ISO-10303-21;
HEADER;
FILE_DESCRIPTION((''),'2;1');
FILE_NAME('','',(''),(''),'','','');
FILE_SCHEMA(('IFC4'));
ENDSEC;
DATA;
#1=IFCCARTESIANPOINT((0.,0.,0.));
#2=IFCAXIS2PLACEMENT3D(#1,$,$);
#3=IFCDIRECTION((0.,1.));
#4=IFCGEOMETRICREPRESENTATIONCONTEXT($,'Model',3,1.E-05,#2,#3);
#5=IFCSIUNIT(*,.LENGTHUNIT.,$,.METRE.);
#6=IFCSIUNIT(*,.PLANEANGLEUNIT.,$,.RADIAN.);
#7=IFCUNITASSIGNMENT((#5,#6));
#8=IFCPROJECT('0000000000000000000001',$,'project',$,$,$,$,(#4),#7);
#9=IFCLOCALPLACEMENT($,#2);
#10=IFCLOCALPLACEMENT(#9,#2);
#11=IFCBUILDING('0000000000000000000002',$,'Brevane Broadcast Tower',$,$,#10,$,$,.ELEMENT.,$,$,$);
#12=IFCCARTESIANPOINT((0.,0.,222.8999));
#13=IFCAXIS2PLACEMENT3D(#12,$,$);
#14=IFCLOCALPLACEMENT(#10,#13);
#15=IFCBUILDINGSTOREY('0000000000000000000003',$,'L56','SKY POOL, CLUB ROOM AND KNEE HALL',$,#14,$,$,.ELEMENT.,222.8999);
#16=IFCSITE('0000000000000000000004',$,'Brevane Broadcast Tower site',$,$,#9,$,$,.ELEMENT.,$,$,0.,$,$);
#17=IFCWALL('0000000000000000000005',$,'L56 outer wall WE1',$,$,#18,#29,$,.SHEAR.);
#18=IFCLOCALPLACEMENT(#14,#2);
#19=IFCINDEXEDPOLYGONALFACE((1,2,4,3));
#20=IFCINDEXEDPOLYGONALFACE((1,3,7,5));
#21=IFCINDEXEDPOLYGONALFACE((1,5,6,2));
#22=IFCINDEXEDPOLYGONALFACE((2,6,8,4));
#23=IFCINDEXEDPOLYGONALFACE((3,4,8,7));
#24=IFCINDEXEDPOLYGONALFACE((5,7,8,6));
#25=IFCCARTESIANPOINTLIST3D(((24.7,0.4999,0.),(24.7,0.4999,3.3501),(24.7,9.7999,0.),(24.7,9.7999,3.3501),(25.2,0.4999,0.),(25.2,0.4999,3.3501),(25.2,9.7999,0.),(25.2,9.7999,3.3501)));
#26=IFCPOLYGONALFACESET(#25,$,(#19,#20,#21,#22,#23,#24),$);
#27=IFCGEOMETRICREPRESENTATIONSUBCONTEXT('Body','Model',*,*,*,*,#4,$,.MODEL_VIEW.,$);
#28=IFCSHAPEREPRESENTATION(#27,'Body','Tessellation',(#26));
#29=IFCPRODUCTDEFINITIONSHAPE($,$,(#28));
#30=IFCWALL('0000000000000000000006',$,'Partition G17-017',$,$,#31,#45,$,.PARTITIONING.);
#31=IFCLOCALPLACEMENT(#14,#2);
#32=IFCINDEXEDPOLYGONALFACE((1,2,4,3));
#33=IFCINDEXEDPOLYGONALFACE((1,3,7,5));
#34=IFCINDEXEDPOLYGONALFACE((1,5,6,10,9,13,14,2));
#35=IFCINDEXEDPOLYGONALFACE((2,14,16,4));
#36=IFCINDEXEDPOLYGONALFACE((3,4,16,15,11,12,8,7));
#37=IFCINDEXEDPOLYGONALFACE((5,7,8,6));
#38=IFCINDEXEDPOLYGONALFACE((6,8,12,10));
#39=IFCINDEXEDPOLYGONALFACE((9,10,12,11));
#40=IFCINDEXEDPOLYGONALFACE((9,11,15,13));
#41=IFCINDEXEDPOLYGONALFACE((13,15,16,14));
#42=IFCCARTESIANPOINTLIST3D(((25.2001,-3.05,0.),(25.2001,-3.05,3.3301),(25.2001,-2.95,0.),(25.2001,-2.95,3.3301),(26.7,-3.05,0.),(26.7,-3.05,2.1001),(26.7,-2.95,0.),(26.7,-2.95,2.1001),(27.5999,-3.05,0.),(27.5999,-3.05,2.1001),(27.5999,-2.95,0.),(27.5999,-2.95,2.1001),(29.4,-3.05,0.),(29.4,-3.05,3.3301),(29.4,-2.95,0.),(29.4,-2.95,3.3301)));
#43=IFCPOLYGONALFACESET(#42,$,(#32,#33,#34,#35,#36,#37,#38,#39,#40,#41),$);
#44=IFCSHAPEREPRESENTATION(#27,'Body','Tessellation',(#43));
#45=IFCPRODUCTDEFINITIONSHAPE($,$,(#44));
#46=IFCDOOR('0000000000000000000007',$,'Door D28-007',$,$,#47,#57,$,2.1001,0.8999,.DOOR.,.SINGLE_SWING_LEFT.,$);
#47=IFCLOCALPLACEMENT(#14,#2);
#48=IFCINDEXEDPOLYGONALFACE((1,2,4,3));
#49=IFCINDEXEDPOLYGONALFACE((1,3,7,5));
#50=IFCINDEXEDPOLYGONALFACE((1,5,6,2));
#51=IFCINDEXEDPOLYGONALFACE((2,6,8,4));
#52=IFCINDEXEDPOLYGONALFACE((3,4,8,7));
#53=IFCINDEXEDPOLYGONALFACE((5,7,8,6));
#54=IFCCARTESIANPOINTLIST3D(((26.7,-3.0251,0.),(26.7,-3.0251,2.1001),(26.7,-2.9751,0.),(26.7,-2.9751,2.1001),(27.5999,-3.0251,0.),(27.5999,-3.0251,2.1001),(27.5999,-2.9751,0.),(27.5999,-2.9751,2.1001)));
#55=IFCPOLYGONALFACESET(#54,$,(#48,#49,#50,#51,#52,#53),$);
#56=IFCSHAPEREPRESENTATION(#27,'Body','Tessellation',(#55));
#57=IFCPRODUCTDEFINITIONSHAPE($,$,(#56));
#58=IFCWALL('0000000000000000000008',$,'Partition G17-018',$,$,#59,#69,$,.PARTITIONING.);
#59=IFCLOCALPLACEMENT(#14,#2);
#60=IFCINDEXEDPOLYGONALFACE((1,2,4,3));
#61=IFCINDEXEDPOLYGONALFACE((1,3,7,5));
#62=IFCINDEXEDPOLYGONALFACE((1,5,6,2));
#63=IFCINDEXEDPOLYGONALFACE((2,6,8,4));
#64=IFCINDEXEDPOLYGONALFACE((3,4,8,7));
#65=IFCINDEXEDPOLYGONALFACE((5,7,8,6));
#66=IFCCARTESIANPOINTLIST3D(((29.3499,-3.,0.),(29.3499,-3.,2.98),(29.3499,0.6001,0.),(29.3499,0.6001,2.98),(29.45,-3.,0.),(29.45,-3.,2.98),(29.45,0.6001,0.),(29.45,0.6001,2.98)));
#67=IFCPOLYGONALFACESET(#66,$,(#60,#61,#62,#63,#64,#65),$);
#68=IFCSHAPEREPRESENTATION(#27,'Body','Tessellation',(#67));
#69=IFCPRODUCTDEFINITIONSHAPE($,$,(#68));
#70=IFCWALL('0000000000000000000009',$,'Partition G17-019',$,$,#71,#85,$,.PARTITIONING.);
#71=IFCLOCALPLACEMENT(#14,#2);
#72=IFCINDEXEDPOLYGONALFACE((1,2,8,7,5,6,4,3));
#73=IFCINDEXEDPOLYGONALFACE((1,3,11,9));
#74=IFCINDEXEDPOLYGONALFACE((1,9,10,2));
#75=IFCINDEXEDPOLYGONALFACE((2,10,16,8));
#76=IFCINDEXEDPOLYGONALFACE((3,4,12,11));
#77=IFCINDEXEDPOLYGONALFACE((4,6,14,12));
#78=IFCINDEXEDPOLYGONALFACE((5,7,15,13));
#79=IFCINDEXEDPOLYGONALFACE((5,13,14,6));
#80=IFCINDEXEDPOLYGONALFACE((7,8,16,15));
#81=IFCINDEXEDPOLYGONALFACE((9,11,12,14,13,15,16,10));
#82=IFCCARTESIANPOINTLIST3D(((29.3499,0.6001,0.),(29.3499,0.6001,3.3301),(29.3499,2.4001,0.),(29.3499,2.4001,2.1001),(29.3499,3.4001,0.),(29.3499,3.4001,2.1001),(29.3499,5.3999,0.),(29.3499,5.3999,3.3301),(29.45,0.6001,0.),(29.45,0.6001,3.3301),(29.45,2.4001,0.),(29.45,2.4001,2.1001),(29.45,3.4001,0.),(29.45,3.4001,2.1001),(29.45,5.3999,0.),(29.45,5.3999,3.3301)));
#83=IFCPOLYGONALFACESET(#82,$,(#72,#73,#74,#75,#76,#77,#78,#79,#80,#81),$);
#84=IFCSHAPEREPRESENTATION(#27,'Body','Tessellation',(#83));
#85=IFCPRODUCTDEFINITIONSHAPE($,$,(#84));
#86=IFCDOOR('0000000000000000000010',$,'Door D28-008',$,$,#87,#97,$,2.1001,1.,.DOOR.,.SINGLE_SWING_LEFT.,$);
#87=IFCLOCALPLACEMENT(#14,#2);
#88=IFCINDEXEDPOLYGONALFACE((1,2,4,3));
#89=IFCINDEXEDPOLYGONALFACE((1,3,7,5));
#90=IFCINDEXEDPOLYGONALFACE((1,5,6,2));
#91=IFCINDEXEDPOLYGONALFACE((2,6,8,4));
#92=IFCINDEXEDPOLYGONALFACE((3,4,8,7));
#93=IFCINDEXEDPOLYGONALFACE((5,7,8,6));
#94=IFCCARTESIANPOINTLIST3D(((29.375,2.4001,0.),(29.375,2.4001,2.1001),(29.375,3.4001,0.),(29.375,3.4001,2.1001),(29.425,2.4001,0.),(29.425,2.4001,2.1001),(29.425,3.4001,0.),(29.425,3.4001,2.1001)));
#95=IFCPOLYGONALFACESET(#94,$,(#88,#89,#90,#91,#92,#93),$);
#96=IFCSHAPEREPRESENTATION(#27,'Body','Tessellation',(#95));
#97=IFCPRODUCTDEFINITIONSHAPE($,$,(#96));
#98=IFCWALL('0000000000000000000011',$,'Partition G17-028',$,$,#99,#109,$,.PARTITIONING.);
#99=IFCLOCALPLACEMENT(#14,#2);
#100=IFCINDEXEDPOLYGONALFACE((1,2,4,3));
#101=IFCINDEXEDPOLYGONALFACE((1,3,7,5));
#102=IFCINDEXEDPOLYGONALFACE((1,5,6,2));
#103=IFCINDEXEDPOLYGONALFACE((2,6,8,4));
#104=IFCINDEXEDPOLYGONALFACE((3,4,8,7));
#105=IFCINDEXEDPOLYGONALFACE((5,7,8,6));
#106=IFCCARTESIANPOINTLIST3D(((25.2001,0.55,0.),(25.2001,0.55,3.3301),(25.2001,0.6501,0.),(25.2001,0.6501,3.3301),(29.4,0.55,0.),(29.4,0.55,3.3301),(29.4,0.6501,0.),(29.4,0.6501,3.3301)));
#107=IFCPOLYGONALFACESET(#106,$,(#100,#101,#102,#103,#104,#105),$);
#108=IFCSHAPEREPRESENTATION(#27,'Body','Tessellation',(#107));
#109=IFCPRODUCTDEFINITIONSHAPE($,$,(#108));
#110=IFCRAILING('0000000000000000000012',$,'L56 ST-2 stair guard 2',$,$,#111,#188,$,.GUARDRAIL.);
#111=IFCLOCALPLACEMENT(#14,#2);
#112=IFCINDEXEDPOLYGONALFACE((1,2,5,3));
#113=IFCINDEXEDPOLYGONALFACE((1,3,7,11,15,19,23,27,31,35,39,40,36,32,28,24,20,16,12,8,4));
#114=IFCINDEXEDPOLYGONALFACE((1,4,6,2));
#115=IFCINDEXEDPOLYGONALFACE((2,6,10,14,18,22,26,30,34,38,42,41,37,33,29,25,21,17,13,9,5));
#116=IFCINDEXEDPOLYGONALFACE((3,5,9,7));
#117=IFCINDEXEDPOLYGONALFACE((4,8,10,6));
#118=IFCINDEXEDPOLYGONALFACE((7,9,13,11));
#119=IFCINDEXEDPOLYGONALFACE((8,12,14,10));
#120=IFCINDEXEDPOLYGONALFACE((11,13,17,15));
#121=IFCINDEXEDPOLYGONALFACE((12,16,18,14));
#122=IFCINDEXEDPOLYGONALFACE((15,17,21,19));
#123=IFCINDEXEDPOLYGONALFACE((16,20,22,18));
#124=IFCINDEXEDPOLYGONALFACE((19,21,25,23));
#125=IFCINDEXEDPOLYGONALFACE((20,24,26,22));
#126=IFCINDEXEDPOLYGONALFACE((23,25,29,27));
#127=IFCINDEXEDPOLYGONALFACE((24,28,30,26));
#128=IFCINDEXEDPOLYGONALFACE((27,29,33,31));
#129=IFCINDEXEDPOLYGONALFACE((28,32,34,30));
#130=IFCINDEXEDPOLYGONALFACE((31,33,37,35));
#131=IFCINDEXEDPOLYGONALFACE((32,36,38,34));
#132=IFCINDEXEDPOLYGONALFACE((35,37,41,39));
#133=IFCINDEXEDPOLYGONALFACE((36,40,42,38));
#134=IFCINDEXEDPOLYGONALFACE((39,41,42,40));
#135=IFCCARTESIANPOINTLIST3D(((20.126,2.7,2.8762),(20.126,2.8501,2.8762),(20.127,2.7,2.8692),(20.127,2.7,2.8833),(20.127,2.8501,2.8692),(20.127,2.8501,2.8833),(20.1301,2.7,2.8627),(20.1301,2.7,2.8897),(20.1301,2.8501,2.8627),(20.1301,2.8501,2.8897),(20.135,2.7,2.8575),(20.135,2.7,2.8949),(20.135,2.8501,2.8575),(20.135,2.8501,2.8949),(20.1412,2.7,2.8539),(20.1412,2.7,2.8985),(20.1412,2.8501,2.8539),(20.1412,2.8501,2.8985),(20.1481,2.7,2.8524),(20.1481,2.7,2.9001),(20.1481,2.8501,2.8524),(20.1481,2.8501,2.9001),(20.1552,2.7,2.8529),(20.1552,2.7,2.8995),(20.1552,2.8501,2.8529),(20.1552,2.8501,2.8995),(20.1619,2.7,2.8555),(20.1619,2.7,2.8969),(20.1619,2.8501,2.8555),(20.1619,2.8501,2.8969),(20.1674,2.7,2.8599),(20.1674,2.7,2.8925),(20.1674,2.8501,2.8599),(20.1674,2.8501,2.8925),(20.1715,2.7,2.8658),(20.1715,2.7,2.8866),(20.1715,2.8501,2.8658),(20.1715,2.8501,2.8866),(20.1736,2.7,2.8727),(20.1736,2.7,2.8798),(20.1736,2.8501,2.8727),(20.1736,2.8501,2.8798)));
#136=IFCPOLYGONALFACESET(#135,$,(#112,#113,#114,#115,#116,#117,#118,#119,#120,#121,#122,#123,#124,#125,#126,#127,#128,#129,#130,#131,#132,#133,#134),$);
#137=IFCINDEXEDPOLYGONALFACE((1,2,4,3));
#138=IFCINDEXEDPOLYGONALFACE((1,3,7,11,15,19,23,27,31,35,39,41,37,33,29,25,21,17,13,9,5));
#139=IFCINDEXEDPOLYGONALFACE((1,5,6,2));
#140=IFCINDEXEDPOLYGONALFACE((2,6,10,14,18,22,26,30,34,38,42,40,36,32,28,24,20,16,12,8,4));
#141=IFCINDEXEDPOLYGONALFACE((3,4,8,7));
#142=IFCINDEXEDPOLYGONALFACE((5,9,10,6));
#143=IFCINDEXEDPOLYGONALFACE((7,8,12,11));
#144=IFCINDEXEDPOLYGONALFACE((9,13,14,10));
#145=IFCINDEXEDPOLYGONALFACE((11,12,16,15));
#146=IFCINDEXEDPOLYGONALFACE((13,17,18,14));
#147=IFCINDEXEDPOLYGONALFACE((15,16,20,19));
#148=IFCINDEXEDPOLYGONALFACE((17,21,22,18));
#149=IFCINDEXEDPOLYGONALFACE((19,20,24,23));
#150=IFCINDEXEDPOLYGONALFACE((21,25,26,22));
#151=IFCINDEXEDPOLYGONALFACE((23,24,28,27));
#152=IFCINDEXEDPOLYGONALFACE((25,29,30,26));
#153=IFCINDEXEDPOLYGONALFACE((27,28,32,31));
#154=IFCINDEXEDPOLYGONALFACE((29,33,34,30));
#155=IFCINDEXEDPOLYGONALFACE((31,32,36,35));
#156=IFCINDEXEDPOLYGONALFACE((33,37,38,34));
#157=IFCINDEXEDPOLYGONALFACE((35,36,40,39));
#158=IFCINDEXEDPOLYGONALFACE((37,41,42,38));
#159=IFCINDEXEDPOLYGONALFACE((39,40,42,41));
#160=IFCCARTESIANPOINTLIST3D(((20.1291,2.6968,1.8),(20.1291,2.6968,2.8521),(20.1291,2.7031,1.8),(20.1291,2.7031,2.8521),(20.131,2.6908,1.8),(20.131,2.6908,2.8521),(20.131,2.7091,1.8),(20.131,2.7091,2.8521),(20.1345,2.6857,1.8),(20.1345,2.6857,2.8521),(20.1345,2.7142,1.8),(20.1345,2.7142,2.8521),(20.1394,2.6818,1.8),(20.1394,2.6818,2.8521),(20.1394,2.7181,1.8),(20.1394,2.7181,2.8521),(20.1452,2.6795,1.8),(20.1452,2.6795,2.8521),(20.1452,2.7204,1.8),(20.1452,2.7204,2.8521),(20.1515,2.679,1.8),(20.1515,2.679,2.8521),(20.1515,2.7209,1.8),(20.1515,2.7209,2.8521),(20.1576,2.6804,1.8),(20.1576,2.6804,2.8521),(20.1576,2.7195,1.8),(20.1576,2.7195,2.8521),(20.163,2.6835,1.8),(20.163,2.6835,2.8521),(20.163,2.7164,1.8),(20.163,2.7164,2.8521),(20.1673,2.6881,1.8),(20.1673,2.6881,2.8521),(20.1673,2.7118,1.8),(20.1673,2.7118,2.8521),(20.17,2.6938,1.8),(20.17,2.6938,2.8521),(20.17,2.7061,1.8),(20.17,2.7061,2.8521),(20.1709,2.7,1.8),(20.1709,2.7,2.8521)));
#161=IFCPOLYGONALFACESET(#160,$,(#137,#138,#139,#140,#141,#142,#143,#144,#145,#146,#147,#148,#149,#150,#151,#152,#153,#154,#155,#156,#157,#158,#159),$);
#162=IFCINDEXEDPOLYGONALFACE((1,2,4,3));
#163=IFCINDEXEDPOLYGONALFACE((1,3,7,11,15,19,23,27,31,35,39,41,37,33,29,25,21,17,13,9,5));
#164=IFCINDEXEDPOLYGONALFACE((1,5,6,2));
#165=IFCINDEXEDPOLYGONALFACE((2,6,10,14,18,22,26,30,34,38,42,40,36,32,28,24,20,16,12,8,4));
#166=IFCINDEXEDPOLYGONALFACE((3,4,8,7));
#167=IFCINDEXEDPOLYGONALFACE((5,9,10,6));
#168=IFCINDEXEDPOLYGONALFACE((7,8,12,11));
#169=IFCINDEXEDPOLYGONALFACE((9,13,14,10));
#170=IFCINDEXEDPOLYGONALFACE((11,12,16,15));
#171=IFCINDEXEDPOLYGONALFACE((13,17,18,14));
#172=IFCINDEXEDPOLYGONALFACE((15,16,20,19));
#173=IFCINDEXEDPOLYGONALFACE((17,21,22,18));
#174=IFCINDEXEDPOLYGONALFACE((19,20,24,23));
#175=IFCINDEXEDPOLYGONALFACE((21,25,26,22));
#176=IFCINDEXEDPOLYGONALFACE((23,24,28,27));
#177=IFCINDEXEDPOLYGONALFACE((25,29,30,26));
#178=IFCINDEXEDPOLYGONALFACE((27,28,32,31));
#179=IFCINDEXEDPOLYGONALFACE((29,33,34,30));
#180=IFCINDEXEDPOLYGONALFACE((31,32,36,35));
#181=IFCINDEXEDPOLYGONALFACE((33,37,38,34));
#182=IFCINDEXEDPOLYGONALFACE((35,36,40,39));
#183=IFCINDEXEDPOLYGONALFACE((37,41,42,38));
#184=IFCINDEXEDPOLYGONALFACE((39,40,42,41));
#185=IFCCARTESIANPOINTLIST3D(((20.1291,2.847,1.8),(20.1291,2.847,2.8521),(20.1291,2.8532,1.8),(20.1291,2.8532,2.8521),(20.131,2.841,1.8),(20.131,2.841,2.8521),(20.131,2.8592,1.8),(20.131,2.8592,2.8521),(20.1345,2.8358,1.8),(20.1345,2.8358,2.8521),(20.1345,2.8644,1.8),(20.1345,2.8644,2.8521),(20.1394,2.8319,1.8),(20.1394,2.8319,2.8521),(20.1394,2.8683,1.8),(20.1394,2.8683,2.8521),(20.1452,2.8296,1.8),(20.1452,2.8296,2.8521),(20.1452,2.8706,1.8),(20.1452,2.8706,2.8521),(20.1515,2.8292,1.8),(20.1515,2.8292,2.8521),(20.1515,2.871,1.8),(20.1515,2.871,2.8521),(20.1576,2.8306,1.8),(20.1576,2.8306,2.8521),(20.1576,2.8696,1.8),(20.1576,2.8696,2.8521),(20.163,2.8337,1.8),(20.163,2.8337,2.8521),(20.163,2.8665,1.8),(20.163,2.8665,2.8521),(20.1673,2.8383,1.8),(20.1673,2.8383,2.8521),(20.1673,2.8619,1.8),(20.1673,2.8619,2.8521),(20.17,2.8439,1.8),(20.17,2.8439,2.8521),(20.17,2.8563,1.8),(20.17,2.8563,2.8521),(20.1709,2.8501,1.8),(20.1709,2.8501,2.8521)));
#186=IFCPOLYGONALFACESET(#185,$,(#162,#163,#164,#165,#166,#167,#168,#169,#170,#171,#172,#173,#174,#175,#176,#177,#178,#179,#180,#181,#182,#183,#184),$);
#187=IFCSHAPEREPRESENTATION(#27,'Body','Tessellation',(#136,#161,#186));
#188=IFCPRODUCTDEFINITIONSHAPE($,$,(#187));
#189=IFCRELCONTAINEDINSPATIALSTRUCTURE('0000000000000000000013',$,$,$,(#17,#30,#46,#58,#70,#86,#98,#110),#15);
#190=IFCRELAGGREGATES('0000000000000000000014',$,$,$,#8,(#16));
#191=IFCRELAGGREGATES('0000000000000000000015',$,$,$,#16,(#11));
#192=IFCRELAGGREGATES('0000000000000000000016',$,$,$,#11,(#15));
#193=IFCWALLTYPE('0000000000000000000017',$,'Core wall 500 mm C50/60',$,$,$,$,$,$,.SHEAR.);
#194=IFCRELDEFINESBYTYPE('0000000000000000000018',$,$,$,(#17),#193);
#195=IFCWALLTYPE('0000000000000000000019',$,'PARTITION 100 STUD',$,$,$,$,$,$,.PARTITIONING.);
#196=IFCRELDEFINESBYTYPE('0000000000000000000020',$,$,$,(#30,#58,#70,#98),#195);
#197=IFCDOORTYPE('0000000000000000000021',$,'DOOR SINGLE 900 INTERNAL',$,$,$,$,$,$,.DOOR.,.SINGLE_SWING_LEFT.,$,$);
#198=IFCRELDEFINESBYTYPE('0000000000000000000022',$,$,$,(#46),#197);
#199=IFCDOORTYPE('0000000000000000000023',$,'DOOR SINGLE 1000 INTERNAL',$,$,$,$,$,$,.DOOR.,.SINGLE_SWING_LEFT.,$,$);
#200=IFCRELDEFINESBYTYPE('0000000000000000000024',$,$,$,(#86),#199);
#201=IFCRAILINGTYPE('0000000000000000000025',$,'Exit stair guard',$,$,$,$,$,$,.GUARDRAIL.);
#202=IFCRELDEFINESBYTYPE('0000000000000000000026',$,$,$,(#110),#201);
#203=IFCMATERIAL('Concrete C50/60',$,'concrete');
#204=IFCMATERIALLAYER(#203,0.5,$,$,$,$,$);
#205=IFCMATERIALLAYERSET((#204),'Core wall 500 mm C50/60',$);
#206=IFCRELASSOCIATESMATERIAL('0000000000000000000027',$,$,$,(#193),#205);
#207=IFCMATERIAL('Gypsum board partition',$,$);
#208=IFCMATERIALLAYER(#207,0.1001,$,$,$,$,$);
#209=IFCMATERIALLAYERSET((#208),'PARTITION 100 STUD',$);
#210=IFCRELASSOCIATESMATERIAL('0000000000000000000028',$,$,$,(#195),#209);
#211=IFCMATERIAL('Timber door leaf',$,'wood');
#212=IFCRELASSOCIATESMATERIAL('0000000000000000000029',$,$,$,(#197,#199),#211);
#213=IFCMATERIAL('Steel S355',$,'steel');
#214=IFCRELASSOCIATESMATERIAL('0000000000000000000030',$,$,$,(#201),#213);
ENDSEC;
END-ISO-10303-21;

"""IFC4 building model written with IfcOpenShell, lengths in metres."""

from ifc_helpers import new_model, si_unit, direction, frame, frame_2d, origin, origin_2d, place, context, subcontext, project, spatial, rectangle, circle, extrude, material, layer, layer_set, type_object, element, fill, save


model = new_model("IFC4")

# Units and contexts
model_context = context("Model", 3, precision=1e-05, world=origin(), true_north=direction((0.0, 1.0)))
body_context = subcontext(model_context, "Body", "Model", "MODEL_VIEW")
ifc_project = project(units=[si_unit("LENGTHUNIT", "METRE"), si_unit("PLANEANGLEUNIT", "RADIAN")], contexts=[model_context])

# Site, building, storey
site_placement = place(None, origin())
site = spatial("IfcSite", under=ifc_project, at=site_placement, Name="Brevane Broadcast Tower site", CompositionType="ELEMENT", RefElevation=0.0)
building_placement = place(site_placement, origin())
building = spatial("IfcBuilding", under=site, at=building_placement, Name="Brevane Broadcast Tower", CompositionType="ELEMENT")
storey_placement = place(building_placement, frame((0.0, 0.0, 222.8999)))
storey = spatial("IfcBuildingStorey", under=building, at=storey_placement, Name="L56", Description="SKY POOL, CLUB ROOM AND KNEE HALL", CompositionType="ELEMENT", Elevation=222.8999)

# Wall
ifc_material_1 = material(Name="Concrete C50/60", Category="concrete")
ifc_layer_1 = layer(ifc_material_1, 0.5)
ifc_layer_set_1 = layer_set([ifc_layer_1], Name="Core wall 500 mm C50/60")
wall_type_1 = type_object("IfcWallType", Name="Core wall 500 mm C50/60", PredefinedType="SHEAR", material=ifc_layer_set_1)
wall_1_placement = place(storey_placement, frame((24.95, 0.5, 0.0), z_axis=(0.0, 0.0, 1.0), x_axis=(0.0, 1.0, 0.0)))
element("IfcWall", 1, at=wall_1_placement, inside=storey, type_object=wall_type_1, Name="L56 outer wall WE1", PredefinedType="SHEAR", context=body_context, shape_type="SweptSolid", body=[
    extrude(rectangle(XDim=9.3, YDim=0.5, at=frame_2d((4.6499, 0.0))), origin(), (0.0, 0.0, 1.0), 3.3501),
])

# Wall, opening, door
ifc_material_2 = material(Name="Gypsum board partition")
ifc_layer_2 = layer(ifc_material_2, 0.1001)
ifc_layer_set_2 = layer_set([ifc_layer_2], Name="PARTITION 100 STUD")
wall_type_2 = type_object("IfcWallType", Name="PARTITION 100 STUD", PredefinedType="PARTITIONING", material=ifc_layer_set_2)
wall_2_placement = place(storey_placement, frame((25.2, -3.0, 0.0), z_axis=(0.0, 0.0, 1.0), x_axis=(1.0, 0.0, 0.0)))
wall_2 = element("IfcWall", 2, at=wall_2_placement, inside=storey, type_object=wall_type_2, Name="Partition G17-017", PredefinedType="PARTITIONING", context=body_context, shape_type="SweptSolid", body=[
    extrude(rectangle(XDim=4.2, YDim=0.1001, at=frame_2d((2.1001, 0.0))), origin(), (0.0, 0.0, 1.0), 3.3301),
])
opening_1_placement = place(wall_2_placement, frame((1.5, 0.0, 0.0)))
opening_1 = element("IfcOpeningElement", 3, at=opening_1_placement, cuts=wall_2, PredefinedType="OPENING", context=body_context, shape_type="SweptSolid", body=[
    extrude(rectangle(XDim=0.8999, YDim=2.1001, at=frame_2d((0.45, 1.05))), frame((0.0, 0.0601, 0.0), z_axis=(0.0, -1.0, 0.0), x_axis=(1.0, 0.0, 0.0)), (0.0, 0.0, 1.0), 0.1201),
])
ifc_material_3 = material(Name="Timber door leaf", Category="wood")
door_type_1 = type_object("IfcDoorType", Name="DOOR SINGLE 900 INTERNAL", OperationType="SINGLE_SWING_LEFT", PredefinedType="DOOR", material=ifc_material_3)
door_1_placement = place(opening_1_placement, origin())
door_1 = element("IfcDoor", 4, at=door_1_placement, inside=storey, type_object=door_type_1, Name="Door D28-007", OperationType="SINGLE_SWING_LEFT", OverallHeight=2.1001, OverallWidth=0.8999, PredefinedType="DOOR", context=body_context, shape_type="SweptSolid", body=[
    extrude(rectangle(XDim=0.8999, YDim=2.1001, at=frame_2d((0.45, 1.05))), frame((0.0, 0.0249, 0.0), z_axis=(0.0, -1.0, 0.0), x_axis=(1.0, 0.0, 0.0)), (0.0, 0.0, 1.0), 0.05),
])
fill(opening_1, door_1)

# Wall
wall_3_placement = place(storey_placement, frame((29.3999, -3.0, 0.0), z_axis=(0.0, 0.0, 1.0), x_axis=(0.0, 1.0, 0.0)))
element("IfcWall", 5, at=wall_3_placement, inside=storey, type_object=wall_type_2, Name="Partition G17-018", PredefinedType="PARTITIONING", context=body_context, shape_type="SweptSolid", body=[
    extrude(rectangle(XDim=3.6001, YDim=0.1001, at=frame_2d((1.8, 0.0))), origin(), (0.0, 0.0, 1.0), 2.98),
])

# Wall, opening, door
wall_4_placement = place(storey_placement, frame((29.3999, 0.6001, 0.0), z_axis=(0.0, 0.0, 1.0), x_axis=(0.0, 1.0, 0.0)))
wall_4 = element("IfcWall", 6, at=wall_4_placement, inside=storey, type_object=wall_type_2, Name="Partition G17-019", PredefinedType="PARTITIONING", context=body_context, shape_type="SweptSolid", body=[
    extrude(rectangle(XDim=4.7998, YDim=0.1001, at=frame_2d((2.3999, 0.0))), origin(), (0.0, 0.0, 1.0), 3.3301),
])
opening_2_placement = place(wall_4_placement, frame((1.8, 0.0, 0.0)))
opening_2 = element("IfcOpeningElement", 7, at=opening_2_placement, cuts=wall_4, PredefinedType="OPENING", context=body_context, shape_type="SweptSolid", body=[
    extrude(rectangle(XDim=1.0, YDim=2.1001, at=frame_2d((0.5, 1.05))), frame((0.0, 0.0601, 0.0), z_axis=(0.0, -1.0, 0.0), x_axis=(1.0, 0.0, 0.0)), (0.0, 0.0, 1.0), 0.1201),
])
door_type_2 = type_object("IfcDoorType", Name="DOOR SINGLE 1000 INTERNAL", OperationType="SINGLE_SWING_LEFT", PredefinedType="DOOR", material=ifc_material_3)
door_2_placement = place(opening_2_placement, origin())
door_2 = element("IfcDoor", 8, at=door_2_placement, inside=storey, type_object=door_type_2, Name="Door D28-008", OperationType="SINGLE_SWING_LEFT", OverallHeight=2.1001, OverallWidth=1.0, PredefinedType="DOOR", context=body_context, shape_type="SweptSolid", body=[
    extrude(rectangle(XDim=1.0, YDim=2.1001, at=frame_2d((0.5, 1.05))), frame((0.0, 0.0249, 0.0), z_axis=(0.0, -1.0, 0.0), x_axis=(1.0, 0.0, 0.0)), (0.0, 0.0, 1.0), 0.05),
])
fill(opening_2, door_2)

# Wall
wall_5_placement = place(storey_placement, frame((25.2, 0.6001, 0.0), z_axis=(0.0, 0.0, 1.0), x_axis=(1.0, 0.0, 0.0)))
element("IfcWall", 9, at=wall_5_placement, inside=storey, type_object=wall_type_2, Name="Partition G17-028", PredefinedType="PARTITIONING", context=body_context, shape_type="SweptSolid", body=[
    extrude(rectangle(XDim=4.2, YDim=0.1001, at=frame_2d((2.1001, 0.0))), origin(), (0.0, 0.0, 1.0), 3.3301),
])

# Railing
ifc_material_4 = material(Name="Steel S355", Category="steel")
railing_type = type_object("IfcRailingType", Name="Exit stair guard", PredefinedType="GUARDRAIL", material=ifc_material_4)
railing_placement = place(storey_placement, frame((20.1499, 2.7, 1.8)))
element("IfcRailing", 10, at=railing_placement, inside=storey, type_object=railing_type, Name="L56 ST-2 stair guard 2", PredefinedType="GUARDRAIL", context=body_context, shape_type="SweptSolid", body=[
    extrude(circle(Radius=0.0239, at=origin_2d()), frame((0.0, 0.0, 1.0762), z_axis=(0.0, 1.0, 0.0), x_axis=(-1.0, 0.0, 0.0)), (0.0, 0.0, 1.0), 0.1501),
    extrude(circle(Radius=0.021, at=origin_2d()), origin(), (0.0, 0.0, 1.0), 1.052),
    extrude(circle(Radius=0.021, at=origin_2d()), frame((0.0, 0.1501, 0.0)), (0.0, 0.0, 1.0), 1.052),
])

save(model, "model.ifc")
